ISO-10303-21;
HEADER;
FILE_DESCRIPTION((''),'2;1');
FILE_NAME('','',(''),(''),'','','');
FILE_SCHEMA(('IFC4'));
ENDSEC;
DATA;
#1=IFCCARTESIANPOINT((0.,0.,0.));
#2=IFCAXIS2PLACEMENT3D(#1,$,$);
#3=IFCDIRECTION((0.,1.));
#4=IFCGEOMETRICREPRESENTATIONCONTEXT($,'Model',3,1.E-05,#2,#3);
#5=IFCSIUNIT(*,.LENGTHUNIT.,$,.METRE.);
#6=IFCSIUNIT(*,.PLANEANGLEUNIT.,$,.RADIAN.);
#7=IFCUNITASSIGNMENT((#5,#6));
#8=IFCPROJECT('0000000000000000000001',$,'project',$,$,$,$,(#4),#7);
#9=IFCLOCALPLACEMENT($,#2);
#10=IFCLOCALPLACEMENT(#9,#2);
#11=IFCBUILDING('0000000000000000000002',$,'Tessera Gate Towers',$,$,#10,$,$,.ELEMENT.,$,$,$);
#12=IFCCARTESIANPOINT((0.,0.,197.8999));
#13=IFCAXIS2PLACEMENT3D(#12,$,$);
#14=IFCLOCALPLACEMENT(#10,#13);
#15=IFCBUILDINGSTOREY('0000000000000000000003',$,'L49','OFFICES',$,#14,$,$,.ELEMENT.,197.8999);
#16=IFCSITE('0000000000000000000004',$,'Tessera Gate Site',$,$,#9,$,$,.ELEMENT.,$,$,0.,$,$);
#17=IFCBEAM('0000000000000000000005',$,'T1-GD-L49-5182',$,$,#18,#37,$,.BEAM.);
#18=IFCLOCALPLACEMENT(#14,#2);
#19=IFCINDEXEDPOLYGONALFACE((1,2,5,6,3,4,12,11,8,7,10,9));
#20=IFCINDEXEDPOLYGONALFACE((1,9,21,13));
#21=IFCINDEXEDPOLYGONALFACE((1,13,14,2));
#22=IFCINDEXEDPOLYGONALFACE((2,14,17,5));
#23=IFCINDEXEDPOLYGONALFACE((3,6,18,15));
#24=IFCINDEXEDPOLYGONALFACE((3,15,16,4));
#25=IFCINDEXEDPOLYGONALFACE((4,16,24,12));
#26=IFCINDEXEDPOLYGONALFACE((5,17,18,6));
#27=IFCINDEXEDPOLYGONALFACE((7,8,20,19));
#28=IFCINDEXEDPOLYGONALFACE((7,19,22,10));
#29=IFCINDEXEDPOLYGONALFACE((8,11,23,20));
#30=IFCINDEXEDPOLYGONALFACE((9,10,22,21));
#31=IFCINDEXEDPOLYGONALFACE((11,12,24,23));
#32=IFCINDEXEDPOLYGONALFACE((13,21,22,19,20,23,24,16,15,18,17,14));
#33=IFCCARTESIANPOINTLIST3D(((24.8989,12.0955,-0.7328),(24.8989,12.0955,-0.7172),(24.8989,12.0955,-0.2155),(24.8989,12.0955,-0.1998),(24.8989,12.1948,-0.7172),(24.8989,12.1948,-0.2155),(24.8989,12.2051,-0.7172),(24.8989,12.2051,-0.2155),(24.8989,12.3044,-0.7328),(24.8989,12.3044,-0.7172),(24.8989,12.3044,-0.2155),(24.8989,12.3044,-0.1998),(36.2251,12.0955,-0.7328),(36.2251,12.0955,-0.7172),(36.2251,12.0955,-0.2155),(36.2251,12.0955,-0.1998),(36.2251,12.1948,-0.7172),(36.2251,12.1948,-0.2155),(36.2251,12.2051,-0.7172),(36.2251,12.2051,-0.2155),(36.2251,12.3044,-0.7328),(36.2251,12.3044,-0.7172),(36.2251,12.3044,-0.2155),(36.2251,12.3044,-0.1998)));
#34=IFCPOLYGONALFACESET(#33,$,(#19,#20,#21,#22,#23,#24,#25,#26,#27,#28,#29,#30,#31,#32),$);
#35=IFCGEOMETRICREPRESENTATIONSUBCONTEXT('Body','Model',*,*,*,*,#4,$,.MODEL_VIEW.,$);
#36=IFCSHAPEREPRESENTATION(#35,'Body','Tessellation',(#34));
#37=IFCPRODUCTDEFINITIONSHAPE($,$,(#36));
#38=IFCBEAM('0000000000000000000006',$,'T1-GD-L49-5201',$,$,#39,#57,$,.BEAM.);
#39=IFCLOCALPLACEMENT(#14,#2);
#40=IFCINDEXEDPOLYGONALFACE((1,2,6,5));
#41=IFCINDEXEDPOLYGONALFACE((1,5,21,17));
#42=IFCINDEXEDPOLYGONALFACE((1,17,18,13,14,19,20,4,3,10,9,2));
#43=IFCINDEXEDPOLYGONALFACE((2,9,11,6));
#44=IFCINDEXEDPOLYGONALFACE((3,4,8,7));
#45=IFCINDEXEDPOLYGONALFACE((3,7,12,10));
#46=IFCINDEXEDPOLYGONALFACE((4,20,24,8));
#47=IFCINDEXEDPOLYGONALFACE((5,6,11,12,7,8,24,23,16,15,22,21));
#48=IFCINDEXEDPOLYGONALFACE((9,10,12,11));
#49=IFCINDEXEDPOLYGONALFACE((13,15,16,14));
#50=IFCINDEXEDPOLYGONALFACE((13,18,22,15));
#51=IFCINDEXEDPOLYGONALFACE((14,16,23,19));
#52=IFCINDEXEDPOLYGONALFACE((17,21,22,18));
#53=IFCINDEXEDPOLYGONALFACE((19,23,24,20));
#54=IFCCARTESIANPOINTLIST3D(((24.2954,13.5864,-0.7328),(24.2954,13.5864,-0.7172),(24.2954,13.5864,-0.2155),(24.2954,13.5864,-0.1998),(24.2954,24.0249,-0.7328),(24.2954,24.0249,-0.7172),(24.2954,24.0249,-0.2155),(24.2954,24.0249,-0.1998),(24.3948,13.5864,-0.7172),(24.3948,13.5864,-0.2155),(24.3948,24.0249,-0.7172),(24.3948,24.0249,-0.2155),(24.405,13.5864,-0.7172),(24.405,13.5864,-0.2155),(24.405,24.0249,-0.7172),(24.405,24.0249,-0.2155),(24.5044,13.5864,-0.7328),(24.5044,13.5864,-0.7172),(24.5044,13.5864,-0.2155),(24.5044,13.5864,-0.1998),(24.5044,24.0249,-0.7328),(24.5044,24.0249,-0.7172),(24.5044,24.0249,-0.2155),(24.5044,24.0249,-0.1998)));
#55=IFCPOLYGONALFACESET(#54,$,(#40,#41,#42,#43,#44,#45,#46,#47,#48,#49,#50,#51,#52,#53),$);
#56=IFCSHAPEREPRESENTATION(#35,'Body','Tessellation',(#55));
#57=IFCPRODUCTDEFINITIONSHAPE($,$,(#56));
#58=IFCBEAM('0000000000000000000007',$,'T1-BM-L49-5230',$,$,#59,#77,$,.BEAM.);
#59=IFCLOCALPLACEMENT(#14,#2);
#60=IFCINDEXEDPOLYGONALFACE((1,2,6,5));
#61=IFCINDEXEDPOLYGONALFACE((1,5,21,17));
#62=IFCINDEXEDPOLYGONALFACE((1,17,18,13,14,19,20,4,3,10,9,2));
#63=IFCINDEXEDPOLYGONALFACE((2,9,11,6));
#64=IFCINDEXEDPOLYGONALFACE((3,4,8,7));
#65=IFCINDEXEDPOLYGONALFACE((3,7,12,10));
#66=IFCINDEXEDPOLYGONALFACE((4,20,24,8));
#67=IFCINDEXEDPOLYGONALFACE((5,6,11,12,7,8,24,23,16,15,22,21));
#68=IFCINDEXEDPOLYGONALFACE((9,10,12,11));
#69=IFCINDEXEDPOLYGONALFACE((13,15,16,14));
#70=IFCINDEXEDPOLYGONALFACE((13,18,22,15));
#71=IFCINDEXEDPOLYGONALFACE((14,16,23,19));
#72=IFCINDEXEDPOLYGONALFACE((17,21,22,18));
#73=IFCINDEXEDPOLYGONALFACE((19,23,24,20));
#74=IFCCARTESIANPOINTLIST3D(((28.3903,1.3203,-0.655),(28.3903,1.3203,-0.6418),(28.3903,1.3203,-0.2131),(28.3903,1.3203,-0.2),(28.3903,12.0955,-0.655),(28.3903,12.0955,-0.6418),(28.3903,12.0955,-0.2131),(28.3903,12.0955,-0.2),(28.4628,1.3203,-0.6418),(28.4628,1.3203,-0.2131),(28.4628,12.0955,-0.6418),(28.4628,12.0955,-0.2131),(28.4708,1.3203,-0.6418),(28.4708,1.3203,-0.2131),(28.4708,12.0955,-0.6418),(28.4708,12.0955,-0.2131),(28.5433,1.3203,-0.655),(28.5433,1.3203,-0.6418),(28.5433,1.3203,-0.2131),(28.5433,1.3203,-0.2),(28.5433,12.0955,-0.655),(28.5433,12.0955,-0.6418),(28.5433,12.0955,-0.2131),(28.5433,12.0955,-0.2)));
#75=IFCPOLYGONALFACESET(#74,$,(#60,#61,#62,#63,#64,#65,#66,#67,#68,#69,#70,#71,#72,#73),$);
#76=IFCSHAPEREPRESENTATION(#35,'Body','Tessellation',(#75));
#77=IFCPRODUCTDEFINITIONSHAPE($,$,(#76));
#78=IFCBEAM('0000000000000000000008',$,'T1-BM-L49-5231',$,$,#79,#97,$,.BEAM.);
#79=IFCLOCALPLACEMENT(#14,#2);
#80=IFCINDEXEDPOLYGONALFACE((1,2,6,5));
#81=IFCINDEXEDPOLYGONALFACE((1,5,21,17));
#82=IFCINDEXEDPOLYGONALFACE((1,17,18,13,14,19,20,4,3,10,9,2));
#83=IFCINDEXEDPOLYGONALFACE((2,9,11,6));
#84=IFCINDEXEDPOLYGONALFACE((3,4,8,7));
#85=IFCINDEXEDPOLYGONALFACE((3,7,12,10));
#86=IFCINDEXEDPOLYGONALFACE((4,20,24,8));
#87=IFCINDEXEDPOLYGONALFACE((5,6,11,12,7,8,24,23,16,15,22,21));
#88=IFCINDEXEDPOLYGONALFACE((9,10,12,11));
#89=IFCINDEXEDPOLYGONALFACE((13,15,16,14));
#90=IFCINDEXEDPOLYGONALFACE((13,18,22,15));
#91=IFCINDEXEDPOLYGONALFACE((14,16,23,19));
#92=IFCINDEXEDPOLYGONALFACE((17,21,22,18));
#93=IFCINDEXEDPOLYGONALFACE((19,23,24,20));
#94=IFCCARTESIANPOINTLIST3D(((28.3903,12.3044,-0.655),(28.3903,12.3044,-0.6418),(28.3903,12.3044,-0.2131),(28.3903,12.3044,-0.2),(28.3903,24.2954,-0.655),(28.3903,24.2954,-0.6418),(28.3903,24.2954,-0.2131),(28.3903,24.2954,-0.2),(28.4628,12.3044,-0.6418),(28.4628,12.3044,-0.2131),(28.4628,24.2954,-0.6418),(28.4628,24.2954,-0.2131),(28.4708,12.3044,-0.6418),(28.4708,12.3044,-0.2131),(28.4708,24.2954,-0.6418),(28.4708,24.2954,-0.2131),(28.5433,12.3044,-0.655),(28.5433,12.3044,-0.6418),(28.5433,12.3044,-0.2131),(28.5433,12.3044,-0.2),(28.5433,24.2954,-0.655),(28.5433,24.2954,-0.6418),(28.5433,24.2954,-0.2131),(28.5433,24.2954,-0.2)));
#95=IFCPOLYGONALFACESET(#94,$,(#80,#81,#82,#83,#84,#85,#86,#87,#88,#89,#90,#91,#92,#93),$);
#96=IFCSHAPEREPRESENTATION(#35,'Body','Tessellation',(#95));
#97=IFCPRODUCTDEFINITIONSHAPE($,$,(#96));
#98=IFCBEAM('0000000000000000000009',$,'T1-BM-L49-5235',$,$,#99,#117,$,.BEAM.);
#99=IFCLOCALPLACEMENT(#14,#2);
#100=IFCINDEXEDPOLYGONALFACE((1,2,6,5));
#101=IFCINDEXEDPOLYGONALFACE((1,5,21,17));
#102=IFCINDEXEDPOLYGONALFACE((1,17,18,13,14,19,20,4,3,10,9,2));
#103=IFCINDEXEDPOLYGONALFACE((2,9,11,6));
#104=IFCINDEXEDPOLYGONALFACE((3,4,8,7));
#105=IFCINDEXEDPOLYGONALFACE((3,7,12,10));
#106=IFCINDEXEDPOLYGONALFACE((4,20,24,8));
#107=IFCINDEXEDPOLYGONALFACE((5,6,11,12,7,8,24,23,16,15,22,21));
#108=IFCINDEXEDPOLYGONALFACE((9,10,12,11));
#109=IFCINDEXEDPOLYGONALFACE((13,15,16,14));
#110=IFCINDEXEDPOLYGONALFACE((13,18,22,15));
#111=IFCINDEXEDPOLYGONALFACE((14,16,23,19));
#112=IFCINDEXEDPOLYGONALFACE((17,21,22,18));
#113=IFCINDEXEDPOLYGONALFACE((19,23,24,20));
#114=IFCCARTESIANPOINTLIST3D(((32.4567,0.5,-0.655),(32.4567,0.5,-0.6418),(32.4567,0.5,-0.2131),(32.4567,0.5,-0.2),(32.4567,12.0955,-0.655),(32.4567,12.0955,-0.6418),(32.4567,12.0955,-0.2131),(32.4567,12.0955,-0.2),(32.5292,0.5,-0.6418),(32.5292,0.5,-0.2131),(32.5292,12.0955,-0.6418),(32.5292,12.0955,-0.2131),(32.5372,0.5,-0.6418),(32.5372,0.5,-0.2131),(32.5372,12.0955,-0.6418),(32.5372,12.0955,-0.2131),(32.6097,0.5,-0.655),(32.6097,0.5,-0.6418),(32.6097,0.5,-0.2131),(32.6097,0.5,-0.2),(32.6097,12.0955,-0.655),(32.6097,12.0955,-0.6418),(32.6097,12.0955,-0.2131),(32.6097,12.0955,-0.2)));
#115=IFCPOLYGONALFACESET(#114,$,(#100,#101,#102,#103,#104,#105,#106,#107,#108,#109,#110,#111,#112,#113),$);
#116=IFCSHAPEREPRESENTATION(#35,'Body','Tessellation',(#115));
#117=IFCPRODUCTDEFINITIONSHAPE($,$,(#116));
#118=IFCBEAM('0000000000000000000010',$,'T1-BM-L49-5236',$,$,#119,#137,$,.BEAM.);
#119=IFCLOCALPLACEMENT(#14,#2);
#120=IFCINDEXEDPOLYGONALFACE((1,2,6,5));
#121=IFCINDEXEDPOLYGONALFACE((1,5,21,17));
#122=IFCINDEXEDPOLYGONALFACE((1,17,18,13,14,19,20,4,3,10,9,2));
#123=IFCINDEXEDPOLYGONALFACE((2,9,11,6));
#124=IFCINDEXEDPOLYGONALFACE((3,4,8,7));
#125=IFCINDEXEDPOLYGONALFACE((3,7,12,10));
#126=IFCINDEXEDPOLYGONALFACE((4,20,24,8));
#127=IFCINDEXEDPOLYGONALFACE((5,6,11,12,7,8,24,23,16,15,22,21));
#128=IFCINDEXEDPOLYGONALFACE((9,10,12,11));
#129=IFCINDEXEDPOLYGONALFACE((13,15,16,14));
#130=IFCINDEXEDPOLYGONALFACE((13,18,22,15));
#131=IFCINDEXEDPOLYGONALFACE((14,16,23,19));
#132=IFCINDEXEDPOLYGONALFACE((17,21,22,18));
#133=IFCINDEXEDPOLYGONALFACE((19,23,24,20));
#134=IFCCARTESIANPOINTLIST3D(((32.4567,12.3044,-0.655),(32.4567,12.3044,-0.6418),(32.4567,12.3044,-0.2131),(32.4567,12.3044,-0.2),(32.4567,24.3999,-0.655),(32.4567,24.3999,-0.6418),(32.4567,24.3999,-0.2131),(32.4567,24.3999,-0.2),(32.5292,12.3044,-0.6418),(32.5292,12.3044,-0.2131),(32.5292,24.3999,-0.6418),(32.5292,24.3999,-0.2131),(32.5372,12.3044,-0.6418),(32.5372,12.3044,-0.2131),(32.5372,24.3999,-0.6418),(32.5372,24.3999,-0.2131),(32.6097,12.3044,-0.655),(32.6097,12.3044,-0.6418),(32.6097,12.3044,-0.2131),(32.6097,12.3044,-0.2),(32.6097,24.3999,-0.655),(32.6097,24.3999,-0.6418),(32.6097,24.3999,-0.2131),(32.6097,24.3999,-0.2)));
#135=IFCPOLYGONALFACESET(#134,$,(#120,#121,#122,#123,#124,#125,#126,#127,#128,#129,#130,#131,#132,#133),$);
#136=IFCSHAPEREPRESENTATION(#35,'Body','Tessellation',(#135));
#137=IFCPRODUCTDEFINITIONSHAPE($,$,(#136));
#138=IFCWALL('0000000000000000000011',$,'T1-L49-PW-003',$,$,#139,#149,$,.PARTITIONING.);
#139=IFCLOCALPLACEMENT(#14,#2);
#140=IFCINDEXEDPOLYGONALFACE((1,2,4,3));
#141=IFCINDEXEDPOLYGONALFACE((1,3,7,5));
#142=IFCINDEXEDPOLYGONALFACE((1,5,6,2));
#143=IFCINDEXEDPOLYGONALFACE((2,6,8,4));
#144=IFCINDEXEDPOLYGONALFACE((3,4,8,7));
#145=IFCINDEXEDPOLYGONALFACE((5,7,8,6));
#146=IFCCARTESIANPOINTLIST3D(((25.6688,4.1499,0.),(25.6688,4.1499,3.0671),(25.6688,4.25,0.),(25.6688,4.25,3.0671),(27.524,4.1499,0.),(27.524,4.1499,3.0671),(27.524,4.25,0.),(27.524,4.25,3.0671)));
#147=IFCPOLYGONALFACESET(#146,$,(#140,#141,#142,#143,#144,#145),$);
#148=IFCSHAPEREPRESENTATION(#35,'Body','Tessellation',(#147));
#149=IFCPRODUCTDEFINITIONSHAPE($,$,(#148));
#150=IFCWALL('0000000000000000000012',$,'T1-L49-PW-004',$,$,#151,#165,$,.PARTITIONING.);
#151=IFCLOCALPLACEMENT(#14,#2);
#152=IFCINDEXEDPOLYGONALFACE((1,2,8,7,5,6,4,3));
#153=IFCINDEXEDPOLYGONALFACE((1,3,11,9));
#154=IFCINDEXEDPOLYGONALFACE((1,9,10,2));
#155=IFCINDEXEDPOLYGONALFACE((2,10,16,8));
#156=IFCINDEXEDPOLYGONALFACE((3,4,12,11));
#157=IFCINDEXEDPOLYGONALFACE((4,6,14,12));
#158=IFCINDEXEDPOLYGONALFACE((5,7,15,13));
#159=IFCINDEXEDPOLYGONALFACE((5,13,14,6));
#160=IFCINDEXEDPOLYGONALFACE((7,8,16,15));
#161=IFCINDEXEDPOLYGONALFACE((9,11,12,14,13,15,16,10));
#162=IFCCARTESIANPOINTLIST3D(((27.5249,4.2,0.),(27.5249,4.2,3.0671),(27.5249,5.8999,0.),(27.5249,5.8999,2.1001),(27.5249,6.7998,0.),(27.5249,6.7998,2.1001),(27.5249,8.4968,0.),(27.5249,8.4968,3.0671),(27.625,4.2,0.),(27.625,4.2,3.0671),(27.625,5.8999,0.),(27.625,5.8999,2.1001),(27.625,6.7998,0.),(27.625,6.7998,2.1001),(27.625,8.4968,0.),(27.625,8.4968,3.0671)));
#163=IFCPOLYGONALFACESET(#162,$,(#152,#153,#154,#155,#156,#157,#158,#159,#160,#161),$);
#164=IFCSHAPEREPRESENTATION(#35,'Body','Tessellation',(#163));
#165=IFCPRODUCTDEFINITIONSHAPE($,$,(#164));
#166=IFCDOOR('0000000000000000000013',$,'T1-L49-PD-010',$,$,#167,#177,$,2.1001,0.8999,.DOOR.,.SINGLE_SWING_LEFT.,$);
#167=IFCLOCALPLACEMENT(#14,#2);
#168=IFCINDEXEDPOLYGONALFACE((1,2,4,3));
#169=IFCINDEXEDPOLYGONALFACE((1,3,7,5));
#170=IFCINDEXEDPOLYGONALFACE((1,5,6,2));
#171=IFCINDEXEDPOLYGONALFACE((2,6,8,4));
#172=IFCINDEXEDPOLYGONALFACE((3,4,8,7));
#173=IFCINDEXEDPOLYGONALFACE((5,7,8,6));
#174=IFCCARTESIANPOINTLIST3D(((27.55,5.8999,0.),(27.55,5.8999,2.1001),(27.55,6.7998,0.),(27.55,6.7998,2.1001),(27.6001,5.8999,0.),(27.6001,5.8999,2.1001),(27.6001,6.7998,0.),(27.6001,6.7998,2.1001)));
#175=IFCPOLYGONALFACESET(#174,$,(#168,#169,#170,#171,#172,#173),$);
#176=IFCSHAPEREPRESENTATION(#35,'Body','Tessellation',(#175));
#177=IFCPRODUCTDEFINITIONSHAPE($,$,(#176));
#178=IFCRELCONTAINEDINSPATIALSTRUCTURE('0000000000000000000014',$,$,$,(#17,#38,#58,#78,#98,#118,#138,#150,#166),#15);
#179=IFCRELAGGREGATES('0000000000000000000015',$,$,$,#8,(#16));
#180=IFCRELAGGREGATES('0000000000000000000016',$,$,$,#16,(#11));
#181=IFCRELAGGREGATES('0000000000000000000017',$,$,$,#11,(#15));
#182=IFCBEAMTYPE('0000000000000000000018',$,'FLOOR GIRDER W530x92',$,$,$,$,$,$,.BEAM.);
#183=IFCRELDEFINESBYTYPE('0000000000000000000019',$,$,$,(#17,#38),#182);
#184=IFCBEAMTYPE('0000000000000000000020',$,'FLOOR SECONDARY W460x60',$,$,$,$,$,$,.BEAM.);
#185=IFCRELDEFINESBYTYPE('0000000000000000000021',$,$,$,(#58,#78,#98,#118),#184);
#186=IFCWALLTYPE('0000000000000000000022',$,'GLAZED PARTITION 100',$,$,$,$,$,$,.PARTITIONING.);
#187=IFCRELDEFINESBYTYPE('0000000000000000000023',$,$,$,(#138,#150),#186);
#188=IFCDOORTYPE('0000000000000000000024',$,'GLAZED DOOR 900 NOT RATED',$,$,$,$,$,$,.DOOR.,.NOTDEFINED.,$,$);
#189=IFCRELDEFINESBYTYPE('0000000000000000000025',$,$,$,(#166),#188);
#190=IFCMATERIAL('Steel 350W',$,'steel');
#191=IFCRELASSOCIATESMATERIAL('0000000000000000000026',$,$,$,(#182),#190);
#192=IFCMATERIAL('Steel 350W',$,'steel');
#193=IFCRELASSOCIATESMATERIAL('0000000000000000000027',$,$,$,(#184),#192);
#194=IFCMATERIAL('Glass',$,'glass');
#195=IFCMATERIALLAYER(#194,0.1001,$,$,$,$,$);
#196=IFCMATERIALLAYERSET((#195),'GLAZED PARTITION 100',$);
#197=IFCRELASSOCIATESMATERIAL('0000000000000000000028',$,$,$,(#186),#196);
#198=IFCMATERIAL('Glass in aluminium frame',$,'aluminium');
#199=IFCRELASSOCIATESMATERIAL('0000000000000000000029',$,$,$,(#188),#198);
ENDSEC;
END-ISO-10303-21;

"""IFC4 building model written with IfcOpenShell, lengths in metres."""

from ifc_helpers import new_model, si_unit, direction, frame, frame_2d, origin, origin_2d, place, context, subcontext, project, spatial, rectangle, i_section, extrude, source, transform, mapped, material, layer, layer_set, material_profile, profile_set, type_object, element, fill, save


model = new_model("IFC4")

# Units and contexts
model_context = context("Model", 3, precision=1e-05, world=origin(), true_north=direction((0.0, 1.0)))
body_context = subcontext(model_context, "Body", "Model", "MODEL_VIEW")
ifc_project = project(units=[si_unit("LENGTHUNIT", "METRE"), si_unit("PLANEANGLEUNIT", "RADIAN")], contexts=[model_context])

# Site, building, storey
site_placement = place(None, origin())
site = spatial("IfcSite", under=ifc_project, at=site_placement, Name="Tessera Gate Site", CompositionType="ELEMENT", RefElevation=0.0)
building_placement = place(site_placement, origin())
building = spatial("IfcBuilding", under=site, at=building_placement, Name="Tessera Gate Towers", CompositionType="ELEMENT")
storey_placement = place(building_placement, frame((0.0, 0.0, 197.8999)))
storey = spatial("IfcBuildingStorey", under=building, at=storey_placement, Name="L49", Description="OFFICES", CompositionType="ELEMENT", Elevation=197.8999)

# Beams
ifc_material_1 = material(Name="Steel 350W", Category="steel")
ifc_material_profile_1 = material_profile(ifc_material_1, i_section(OverallWidth=0.209, OverallDepth=0.533, WebThickness=0.0103, FlangeThickness=0.0156, at=origin_2d()), Name="W530x92")
ifc_profile_set_1 = profile_set([ifc_material_profile_1], Name="Steel 350W")
beam_type_1 = type_object("IfcBeamType", Name="FLOOR GIRDER W530x92", PredefinedType="BEAM", material=ifc_profile_set_1)
beam_1_placement = place(storey_placement, frame((24.8989, 12.2, -0.4663), z_axis=(1.0, 0.0, 0.0), x_axis=(0.0, 1.0, 0.0)))
element("IfcBeam", 1, at=beam_1_placement, inside=storey, type_object=beam_type_1, Name="T1-GD-L49-5182", PredefinedType="BEAM", context=body_context, shape_type="SweptSolid", body=[
    extrude(i_section(OverallWidth=0.209, OverallDepth=0.533, WebThickness=0.0103, FlangeThickness=0.0156, at=origin_2d()), origin(), (0.0, 0.0, 1.0), 11.3262),
])
beam_2_placement = place(storey_placement, frame((24.3999, 13.5864, -0.4663), z_axis=(0.0, 1.0, 0.0), x_axis=(-1.0, 0.0, 0.0)))
element("IfcBeam", 2, at=beam_2_placement, inside=storey, type_object=beam_type_1, Name="T1-GD-L49-5201", PredefinedType="BEAM", context=body_context, shape_type="SweptSolid", body=[
    extrude(i_section(OverallWidth=0.209, OverallDepth=0.533, WebThickness=0.0103, FlangeThickness=0.0156, at=origin_2d()), origin(), (0.0, 0.0, 1.0), 10.4385),
])
ifc_material_2 = material(Name="Steel 350W", Category="steel")
ifc_material_profile_2 = material_profile(ifc_material_2, i_section(OverallWidth=0.1531, OverallDepth=0.4551, WebThickness=0.0081, FlangeThickness=0.0132, at=origin_2d()), Name="W460x60")
ifc_profile_set_2 = profile_set([ifc_material_profile_2], Name="Steel 350W")
beam_type_2 = type_object("IfcBeamType", Name="FLOOR SECONDARY W460x60", PredefinedType="BEAM", material=ifc_profile_set_2)
beam_3_placement = place(storey_placement, frame((28.4668, 1.3203, -0.4275), z_axis=(0.0, 1.0, 0.0), x_axis=(-1.0, 0.0, 0.0)))
element("IfcBeam", 3, at=beam_3_placement, inside=storey, type_object=beam_type_2, Name="T1-BM-L49-5230", PredefinedType="BEAM", context=body_context, shape_type="SweptSolid", body=[
    extrude(i_section(OverallWidth=0.1531, OverallDepth=0.4551, WebThickness=0.0081, FlangeThickness=0.0132, at=origin_2d()), origin(), (0.0, 0.0, 1.0), 10.7751),
])
beam_4_placement = place(storey_placement, frame((28.4668, 12.3044, -0.4275), z_axis=(0.0, 1.0, 0.0), x_axis=(-1.0, 0.0, 0.0)))
element("IfcBeam", 4, at=beam_4_placement, inside=storey, type_object=beam_type_2, Name="T1-BM-L49-5231", PredefinedType="BEAM", context=body_context, shape_type="SweptSolid", body=[
    extrude(i_section(OverallWidth=0.1531, OverallDepth=0.4551, WebThickness=0.0081, FlangeThickness=0.0132, at=origin_2d()), origin(), (0.0, 0.0, 1.0), 11.991),
])
beam_5_placement = place(storey_placement, frame((32.5332, 0.5, -0.4275), z_axis=(0.0, 1.0, 0.0), x_axis=(-1.0, 0.0, 0.0)))
element("IfcBeam", 5, at=beam_5_placement, inside=storey, type_object=beam_type_2, Name="T1-BM-L49-5235", PredefinedType="BEAM", context=body_context, shape_type="SweptSolid", body=[
    extrude(i_section(OverallWidth=0.1531, OverallDepth=0.4551, WebThickness=0.0081, FlangeThickness=0.0132, at=origin_2d()), origin(), (0.0, 0.0, 1.0), 11.5955),
])
beam_6_placement = place(storey_placement, frame((32.5332, 12.3044, -0.4275), z_axis=(0.0, 1.0, 0.0), x_axis=(-1.0, 0.0, 0.0)))
element("IfcBeam", 6, at=beam_6_placement, inside=storey, type_object=beam_type_2, Name="T1-BM-L49-5236", PredefinedType="BEAM", context=body_context, shape_type="SweptSolid", body=[
    extrude(i_section(OverallWidth=0.1531, OverallDepth=0.4551, WebThickness=0.0081, FlangeThickness=0.0132, at=origin_2d()), origin(), (0.0, 0.0, 1.0), 12.0955),
])

# Wall
ifc_material_3 = material(Name="Glass", Category="glass")
ifc_layer_1 = layer(ifc_material_3, 0.1001)
ifc_layer_set_1 = layer_set([ifc_layer_1], Name="GLAZED PARTITION 100")
wall_type_1 = type_object("IfcWallType", Name="GLAZED PARTITION 100", PredefinedType="PARTITIONING", material=ifc_layer_set_1)
wall_1_placement = place(storey_placement, frame((25.6687, 4.2, 0.0), z_axis=(0.0, 0.0, 1.0), x_axis=(1.0, 0.0, 0.0)))
element("IfcWall", 7, at=wall_1_placement, inside=storey, type_object=wall_type_1, Name="T1-L49-PW-003", PredefinedType="PARTITIONING", context=body_context, shape_type="SweptSolid", body=[
    extrude(rectangle(XDim=1.8552, YDim=0.1001, at=frame_2d((0.9277, 0.0))), origin(), (0.0, 0.0, 1.0), 3.0671),
])

# Wall, opening, door
wall_2_placement = place(storey_placement, frame((27.575, 4.2, 0.0), z_axis=(0.0, 0.0, 1.0), x_axis=(0.0, 1.0, 0.0)))
wall_2 = element("IfcWall", 8, at=wall_2_placement, inside=storey, type_object=wall_type_1, Name="T1-L49-PW-004", PredefinedType="PARTITIONING", context=body_context, shape_type="SweptSolid", body=[
    extrude(rectangle(XDim=4.2969, YDim=0.1001, at=frame_2d((2.1484, 0.0))), origin(), (0.0, 0.0, 1.0), 3.0671),
])
shared_shape_1 = source(origin(), body_context, "Body", "SweptSolid", [
    extrude(rectangle(XDim=0.8999, YDim=2.1001, at=frame_2d((0.45, 1.05))), frame((0.0, 0.0601, 0.0), z_axis=(0.0, -1.0, 0.0), x_axis=(1.0, 0.0, 0.0)), (0.0, 0.0, 1.0), 0.1201),
])
opening_1_placement = place(wall_2_placement, frame((1.7, 0.0, 0.0)))
opening_1 = element("IfcOpeningElement", 9, at=opening_1_placement, cuts=wall_2, PredefinedType="OPENING", context=body_context, shape_type="MappedRepresentation", body=[
    mapped(shared_shape_1, transform((0.0, 0.0, 0.0), scale=1.0)),
])
ifc_material_4 = material(Name="Glass in aluminium frame", Category="aluminium")
door_type = type_object("IfcDoorType", Name="GLAZED DOOR 900 NOT RATED", OperationType="NOTDEFINED", PredefinedType="DOOR", material=ifc_material_4)
shared_shape_2 = source(origin(), body_context, "Body", "SweptSolid", [
    extrude(rectangle(XDim=0.8999, YDim=2.1001, at=frame_2d((0.45, 1.05))), frame((0.0, 0.0249, 0.0), z_axis=(0.0, -1.0, 0.0), x_axis=(1.0, 0.0, 0.0)), (0.0, 0.0, 1.0), 0.05),
])
door_1_placement = place(opening_1_placement, origin())
door_1 = element("IfcDoor", 10, at=door_1_placement, inside=storey, type_object=door_type, Name="T1-L49-PD-010", OperationType="SINGLE_SWING_LEFT", OverallHeight=2.1001, OverallWidth=0.8999, PredefinedType="DOOR", context=body_context, shape_type="MappedRepresentation", body=[
    mapped(shared_shape_2, transform((0.0, 0.0, 0.0), scale=1.0)),
])
fill(opening_1, door_1)

save(model, "model.ifc")
